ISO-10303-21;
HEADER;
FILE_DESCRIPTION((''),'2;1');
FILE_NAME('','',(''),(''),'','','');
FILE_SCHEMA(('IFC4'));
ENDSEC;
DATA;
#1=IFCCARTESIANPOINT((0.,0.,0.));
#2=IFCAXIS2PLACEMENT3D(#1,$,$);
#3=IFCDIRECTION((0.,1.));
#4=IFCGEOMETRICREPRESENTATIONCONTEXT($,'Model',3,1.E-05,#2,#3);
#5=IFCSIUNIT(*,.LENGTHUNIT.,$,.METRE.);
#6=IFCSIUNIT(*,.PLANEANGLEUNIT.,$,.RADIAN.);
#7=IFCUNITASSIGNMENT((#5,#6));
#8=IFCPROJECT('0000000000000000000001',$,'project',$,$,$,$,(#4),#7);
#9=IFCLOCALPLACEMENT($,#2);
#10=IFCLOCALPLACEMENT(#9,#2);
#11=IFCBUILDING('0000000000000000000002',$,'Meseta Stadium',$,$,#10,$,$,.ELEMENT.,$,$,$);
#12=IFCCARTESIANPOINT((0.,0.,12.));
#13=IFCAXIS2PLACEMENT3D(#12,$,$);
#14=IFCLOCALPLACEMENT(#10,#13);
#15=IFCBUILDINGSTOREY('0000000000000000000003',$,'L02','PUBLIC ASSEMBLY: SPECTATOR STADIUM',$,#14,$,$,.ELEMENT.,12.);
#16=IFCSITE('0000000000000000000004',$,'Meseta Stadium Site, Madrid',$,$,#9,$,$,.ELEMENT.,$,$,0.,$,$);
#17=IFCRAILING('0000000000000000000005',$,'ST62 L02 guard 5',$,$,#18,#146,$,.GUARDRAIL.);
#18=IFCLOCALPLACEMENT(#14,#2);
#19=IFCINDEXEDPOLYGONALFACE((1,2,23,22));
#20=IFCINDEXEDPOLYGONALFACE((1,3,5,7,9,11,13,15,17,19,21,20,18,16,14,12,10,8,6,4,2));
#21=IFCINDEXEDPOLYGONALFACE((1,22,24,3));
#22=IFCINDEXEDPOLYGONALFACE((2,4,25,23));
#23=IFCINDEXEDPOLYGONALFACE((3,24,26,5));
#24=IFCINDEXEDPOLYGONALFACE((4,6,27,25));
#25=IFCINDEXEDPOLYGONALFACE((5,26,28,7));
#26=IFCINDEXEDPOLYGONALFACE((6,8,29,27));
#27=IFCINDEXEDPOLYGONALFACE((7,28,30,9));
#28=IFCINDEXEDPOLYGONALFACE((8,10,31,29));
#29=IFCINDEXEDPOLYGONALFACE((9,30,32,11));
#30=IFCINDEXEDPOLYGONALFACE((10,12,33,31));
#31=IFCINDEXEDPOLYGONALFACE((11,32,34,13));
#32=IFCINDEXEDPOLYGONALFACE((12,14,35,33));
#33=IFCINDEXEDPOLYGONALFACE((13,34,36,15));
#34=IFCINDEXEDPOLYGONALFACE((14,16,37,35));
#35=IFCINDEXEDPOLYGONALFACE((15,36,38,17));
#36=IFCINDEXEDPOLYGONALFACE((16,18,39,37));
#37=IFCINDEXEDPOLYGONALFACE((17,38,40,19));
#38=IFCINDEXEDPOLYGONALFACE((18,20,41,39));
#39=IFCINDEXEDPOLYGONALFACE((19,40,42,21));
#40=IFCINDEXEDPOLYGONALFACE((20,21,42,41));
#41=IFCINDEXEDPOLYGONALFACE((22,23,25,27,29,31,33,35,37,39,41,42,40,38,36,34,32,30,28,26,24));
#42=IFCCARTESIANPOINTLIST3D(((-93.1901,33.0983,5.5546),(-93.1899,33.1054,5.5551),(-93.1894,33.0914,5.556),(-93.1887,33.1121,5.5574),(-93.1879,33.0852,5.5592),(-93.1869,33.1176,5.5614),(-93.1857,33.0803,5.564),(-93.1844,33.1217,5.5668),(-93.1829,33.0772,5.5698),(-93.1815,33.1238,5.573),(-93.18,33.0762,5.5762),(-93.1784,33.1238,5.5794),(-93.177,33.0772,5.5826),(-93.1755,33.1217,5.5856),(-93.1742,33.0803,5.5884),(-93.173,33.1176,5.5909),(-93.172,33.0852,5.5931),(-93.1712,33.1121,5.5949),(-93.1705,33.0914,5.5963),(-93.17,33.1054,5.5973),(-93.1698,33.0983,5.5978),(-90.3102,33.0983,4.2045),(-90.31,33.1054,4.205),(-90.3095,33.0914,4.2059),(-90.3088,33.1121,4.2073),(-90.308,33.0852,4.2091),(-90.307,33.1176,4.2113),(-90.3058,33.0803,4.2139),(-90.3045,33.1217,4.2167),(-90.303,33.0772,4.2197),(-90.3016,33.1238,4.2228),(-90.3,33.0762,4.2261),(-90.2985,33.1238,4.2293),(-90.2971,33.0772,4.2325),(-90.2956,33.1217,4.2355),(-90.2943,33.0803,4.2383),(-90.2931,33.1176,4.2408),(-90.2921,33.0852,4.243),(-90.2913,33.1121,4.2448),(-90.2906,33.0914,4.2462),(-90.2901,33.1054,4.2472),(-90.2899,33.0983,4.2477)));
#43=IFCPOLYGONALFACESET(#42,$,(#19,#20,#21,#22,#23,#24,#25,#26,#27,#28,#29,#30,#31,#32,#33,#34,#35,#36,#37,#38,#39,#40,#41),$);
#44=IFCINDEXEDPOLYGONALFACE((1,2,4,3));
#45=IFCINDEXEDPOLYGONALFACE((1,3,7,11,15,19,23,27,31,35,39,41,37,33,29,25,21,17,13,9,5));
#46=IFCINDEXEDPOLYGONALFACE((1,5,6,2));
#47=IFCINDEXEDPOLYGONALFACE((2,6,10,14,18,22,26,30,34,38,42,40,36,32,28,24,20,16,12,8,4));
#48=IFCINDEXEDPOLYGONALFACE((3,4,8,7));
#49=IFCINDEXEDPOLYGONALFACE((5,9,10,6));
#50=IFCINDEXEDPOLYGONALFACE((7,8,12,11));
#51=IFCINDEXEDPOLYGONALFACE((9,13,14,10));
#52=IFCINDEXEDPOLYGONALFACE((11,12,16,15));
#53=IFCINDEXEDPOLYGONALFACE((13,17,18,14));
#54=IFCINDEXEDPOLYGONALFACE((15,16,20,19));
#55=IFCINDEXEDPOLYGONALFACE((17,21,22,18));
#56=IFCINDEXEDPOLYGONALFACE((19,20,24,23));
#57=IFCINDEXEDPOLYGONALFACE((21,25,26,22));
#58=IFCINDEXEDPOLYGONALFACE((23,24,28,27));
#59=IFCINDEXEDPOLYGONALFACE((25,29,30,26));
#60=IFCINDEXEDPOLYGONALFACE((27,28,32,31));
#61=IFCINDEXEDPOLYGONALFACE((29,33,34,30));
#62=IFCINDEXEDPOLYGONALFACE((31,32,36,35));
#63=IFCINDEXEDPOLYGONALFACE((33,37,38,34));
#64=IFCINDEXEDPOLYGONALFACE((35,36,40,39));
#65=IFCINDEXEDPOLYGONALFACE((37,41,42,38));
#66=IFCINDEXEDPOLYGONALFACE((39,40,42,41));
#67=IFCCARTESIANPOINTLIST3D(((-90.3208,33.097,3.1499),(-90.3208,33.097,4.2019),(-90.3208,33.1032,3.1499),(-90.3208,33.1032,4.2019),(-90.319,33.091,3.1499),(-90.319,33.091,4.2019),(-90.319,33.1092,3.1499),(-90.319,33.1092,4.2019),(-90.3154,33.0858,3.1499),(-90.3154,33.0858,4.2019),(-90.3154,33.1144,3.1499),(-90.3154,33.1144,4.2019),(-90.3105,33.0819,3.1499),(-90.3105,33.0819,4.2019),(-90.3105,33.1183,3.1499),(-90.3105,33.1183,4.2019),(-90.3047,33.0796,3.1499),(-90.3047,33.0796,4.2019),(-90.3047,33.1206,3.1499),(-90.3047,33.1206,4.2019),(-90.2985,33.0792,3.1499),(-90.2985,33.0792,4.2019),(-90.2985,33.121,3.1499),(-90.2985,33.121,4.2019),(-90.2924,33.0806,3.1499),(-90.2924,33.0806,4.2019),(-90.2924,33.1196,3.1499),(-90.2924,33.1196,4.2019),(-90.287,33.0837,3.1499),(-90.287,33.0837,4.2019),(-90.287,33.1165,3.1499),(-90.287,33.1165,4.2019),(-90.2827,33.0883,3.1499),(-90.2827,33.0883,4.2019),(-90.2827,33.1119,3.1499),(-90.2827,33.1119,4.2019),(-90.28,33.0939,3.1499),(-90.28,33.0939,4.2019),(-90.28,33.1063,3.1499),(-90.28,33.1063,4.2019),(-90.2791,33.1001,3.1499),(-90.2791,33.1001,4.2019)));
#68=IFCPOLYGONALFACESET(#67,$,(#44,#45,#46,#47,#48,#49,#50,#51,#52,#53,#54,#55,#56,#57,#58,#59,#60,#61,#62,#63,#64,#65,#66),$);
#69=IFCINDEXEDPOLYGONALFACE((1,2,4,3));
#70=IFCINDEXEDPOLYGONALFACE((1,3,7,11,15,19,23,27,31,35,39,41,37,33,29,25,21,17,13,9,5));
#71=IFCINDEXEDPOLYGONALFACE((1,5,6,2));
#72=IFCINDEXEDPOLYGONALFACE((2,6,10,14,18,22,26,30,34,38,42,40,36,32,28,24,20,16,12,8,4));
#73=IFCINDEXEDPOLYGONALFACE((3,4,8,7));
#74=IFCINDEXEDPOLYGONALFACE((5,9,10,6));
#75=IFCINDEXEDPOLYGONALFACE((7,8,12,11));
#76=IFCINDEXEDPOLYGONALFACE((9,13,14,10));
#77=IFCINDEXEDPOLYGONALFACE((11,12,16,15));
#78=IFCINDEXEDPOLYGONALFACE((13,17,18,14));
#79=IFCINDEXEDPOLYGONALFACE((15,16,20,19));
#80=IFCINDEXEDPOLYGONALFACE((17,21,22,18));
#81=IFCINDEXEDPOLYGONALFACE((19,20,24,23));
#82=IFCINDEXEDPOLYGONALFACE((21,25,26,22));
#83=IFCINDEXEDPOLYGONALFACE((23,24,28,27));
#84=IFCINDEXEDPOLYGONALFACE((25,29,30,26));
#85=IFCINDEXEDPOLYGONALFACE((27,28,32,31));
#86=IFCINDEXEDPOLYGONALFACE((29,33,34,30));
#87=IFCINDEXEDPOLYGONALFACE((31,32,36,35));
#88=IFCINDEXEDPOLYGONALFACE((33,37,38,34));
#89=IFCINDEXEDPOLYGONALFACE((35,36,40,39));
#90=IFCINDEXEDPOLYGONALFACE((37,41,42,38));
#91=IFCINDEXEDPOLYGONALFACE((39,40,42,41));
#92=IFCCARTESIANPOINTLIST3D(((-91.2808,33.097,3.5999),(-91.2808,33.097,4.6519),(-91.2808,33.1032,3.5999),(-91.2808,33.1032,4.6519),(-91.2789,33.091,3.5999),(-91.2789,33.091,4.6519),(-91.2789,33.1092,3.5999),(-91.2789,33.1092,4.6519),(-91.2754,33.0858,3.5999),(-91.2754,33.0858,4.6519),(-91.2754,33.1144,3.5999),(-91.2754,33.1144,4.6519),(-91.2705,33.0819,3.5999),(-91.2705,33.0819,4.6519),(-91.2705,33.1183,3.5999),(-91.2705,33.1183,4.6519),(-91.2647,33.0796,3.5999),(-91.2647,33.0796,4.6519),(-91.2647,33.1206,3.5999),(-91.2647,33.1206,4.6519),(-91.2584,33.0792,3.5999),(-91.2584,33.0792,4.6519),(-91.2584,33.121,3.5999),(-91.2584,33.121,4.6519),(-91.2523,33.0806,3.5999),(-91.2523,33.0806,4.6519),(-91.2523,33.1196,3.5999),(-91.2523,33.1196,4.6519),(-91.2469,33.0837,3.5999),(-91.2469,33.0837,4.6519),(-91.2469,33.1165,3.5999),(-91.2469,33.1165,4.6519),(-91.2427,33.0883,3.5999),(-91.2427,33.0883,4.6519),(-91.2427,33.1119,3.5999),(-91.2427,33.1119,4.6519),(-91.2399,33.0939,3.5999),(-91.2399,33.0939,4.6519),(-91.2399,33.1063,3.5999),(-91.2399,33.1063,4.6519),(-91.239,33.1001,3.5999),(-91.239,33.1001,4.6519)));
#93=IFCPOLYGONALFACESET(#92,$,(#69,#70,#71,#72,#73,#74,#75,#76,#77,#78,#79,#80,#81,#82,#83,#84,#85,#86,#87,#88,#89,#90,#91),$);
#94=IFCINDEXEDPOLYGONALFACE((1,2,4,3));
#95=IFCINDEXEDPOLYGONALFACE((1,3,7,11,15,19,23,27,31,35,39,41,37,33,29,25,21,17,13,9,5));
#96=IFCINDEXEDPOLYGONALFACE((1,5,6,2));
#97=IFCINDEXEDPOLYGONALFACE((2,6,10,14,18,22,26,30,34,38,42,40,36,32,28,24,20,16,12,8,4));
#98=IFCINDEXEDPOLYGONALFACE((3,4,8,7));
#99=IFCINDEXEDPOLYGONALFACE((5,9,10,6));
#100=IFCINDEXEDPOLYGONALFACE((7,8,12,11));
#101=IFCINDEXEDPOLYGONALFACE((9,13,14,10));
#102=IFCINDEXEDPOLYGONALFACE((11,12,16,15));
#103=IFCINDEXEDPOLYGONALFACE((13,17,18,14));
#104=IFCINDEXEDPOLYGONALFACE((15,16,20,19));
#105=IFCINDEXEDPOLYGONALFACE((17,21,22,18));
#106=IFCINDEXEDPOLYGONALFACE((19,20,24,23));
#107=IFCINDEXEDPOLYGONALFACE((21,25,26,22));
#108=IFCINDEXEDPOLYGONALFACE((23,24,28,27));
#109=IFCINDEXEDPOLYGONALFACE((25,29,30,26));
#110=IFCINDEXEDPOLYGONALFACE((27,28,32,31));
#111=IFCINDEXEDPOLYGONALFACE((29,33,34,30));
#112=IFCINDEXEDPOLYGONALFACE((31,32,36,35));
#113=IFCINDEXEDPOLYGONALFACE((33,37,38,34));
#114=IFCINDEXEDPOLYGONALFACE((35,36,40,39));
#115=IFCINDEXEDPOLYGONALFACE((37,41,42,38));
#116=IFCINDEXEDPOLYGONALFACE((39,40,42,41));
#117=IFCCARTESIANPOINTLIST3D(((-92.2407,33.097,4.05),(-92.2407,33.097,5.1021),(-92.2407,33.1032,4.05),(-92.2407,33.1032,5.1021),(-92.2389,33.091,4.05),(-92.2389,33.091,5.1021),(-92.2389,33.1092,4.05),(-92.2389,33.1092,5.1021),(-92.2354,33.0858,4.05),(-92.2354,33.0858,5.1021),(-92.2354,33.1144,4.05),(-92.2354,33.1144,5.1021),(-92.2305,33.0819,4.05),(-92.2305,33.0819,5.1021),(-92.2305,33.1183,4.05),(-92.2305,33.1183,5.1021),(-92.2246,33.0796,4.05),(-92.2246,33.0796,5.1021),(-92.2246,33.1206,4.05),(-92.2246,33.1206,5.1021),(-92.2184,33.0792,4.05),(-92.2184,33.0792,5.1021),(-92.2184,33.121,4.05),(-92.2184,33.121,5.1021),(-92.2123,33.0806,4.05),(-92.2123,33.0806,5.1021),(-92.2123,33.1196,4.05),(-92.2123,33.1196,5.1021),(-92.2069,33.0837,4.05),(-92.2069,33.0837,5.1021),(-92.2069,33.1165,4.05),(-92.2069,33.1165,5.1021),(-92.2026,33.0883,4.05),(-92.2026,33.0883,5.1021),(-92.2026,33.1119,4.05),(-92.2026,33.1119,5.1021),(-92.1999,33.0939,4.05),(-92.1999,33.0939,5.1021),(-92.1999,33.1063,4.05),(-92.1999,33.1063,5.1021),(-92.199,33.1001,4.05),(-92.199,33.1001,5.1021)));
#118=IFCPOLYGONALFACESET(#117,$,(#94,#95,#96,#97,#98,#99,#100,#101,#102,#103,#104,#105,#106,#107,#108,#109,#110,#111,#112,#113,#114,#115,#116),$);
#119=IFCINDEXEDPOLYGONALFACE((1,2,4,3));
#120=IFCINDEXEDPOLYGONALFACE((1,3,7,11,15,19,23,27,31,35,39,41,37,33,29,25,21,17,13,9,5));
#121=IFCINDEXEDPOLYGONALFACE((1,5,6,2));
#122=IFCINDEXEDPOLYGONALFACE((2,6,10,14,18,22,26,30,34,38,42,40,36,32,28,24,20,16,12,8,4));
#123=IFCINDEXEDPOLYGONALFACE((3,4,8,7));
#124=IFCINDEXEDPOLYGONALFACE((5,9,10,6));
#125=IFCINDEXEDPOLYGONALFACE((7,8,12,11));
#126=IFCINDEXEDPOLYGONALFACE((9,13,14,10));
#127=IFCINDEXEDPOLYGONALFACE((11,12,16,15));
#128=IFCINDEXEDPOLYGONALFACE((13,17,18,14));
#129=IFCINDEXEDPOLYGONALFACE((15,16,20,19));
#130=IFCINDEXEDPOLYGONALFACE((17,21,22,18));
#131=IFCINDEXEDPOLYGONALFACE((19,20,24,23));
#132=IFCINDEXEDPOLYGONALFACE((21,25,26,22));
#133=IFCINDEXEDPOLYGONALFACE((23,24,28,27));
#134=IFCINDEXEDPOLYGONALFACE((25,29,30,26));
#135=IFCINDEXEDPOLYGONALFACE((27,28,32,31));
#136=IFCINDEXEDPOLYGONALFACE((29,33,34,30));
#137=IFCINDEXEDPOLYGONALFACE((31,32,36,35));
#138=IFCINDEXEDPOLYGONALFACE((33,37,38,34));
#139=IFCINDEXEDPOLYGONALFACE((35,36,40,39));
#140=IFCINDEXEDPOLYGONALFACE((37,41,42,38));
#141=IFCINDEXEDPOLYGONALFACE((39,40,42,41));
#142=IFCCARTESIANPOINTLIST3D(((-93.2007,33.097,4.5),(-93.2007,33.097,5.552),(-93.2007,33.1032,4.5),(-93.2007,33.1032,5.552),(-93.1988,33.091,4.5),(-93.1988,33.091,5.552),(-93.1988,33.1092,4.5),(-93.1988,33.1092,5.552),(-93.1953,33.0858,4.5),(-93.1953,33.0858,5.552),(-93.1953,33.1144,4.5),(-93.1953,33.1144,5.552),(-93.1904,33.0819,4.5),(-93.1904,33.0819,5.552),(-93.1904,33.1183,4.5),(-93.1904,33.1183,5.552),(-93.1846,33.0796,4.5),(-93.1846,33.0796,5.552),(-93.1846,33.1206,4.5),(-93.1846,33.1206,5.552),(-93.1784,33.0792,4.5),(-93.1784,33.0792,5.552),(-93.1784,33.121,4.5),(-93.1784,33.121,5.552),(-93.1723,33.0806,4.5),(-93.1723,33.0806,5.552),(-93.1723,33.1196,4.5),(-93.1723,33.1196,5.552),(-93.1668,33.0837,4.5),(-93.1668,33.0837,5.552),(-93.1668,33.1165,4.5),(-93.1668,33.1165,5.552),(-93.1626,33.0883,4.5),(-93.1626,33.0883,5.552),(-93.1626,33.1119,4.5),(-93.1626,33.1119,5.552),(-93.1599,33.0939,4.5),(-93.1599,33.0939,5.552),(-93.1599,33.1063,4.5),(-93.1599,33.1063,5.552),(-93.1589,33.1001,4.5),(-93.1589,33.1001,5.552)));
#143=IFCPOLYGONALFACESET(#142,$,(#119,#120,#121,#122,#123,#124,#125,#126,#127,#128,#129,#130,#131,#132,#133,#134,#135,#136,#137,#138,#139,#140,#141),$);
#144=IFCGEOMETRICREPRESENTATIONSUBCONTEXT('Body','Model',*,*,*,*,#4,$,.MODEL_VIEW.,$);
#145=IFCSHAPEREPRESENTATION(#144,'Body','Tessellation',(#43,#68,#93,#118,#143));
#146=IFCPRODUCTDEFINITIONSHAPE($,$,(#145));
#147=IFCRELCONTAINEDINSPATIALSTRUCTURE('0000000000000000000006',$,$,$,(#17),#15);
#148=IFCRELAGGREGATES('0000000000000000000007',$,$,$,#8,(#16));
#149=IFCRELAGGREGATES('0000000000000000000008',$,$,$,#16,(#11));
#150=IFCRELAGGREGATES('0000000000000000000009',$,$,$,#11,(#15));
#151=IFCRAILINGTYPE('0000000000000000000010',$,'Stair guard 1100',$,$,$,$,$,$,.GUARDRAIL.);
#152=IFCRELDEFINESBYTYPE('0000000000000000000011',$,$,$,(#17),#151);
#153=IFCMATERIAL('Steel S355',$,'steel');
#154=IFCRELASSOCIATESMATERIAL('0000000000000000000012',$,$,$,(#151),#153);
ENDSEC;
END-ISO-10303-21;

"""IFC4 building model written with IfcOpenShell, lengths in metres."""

from ifc_helpers import new_model, si_unit, direction, frame, origin, origin_2d, place, context, subcontext, project, spatial, circle, extrude, material, type_object, element, save


model = new_model("IFC4")

# Units and contexts
model_context = context("Model", 3, precision=1e-05, world=origin(), true_north=direction((0.0, 1.0)))
body_context = subcontext(model_context, "Body", "Model", "MODEL_VIEW")
ifc_project = project(units=[si_unit("LENGTHUNIT", "METRE"), si_unit("PLANEANGLEUNIT", "RADIAN")], contexts=[model_context])

# Site, building, storey
site_placement = place(None, origin())
site = spatial("IfcSite", under=ifc_project, at=site_placement, Name="Meseta Stadium Site, Madrid", CompositionType="ELEMENT", RefElevation=0.0)
building_placement = place(site_placement, origin())
building = spatial("IfcBuilding", under=site, at=building_placement, Name="Meseta Stadium", CompositionType="ELEMENT")
storey_placement = place(building_placement, frame((0.0, 0.0, 12.0)))
storey = spatial("IfcBuildingStorey", under=building, at=storey_placement, Name="L02", Description="PUBLIC ASSEMBLY: SPECTATOR STADIUM", CompositionType="ELEMENT", Elevation=12.0)

# Railing
ifc_material_1 = material(Name="Steel S355", Category="steel")
railing_type_1 = type_object("IfcRailingType", Name="Stair guard 1100", PredefinedType="GUARDRAIL", material=ifc_material_1)
railing_1_placement = place(storey_placement, frame((-90.3, 33.1001, 3.1499)))
element("IfcRailing", 1, at=railing_1_placement, inside=storey, type_object=railing_type_1, Name="ST62 L02 guard 5", PredefinedType="GUARDRAIL", context=body_context, shape_type="SweptSolid", body=[
    extrude(circle(Radius=0.0239, at=origin_2d()), frame((0.0, 0.0, 1.0762), z_axis=(-0.90544, 0.0, 0.424473), x_axis=(0.0, -1.0, 0.0)), (0.0, 0.0, 1.0), 3.1807),
    extrude(circle(Radius=0.021, at=origin_2d()), origin(), (0.0, 0.0, 1.0), 1.052),
    extrude(circle(Radius=0.021, at=origin_2d()), frame((-0.96, 0.0, 0.45)), (0.0, 0.0, 1.0), 1.052),
    extrude(circle(Radius=0.021, at=origin_2d()), frame((-1.9199, 0.0, 0.9001)), (0.0, 0.0, 1.0), 1.052),
    extrude(circle(Radius=0.021, at=origin_2d()), frame((-2.8799, 0.0, 1.3501)), (0.0, 0.0, 1.0), 1.052),
])

save(model, "model.ifc")
